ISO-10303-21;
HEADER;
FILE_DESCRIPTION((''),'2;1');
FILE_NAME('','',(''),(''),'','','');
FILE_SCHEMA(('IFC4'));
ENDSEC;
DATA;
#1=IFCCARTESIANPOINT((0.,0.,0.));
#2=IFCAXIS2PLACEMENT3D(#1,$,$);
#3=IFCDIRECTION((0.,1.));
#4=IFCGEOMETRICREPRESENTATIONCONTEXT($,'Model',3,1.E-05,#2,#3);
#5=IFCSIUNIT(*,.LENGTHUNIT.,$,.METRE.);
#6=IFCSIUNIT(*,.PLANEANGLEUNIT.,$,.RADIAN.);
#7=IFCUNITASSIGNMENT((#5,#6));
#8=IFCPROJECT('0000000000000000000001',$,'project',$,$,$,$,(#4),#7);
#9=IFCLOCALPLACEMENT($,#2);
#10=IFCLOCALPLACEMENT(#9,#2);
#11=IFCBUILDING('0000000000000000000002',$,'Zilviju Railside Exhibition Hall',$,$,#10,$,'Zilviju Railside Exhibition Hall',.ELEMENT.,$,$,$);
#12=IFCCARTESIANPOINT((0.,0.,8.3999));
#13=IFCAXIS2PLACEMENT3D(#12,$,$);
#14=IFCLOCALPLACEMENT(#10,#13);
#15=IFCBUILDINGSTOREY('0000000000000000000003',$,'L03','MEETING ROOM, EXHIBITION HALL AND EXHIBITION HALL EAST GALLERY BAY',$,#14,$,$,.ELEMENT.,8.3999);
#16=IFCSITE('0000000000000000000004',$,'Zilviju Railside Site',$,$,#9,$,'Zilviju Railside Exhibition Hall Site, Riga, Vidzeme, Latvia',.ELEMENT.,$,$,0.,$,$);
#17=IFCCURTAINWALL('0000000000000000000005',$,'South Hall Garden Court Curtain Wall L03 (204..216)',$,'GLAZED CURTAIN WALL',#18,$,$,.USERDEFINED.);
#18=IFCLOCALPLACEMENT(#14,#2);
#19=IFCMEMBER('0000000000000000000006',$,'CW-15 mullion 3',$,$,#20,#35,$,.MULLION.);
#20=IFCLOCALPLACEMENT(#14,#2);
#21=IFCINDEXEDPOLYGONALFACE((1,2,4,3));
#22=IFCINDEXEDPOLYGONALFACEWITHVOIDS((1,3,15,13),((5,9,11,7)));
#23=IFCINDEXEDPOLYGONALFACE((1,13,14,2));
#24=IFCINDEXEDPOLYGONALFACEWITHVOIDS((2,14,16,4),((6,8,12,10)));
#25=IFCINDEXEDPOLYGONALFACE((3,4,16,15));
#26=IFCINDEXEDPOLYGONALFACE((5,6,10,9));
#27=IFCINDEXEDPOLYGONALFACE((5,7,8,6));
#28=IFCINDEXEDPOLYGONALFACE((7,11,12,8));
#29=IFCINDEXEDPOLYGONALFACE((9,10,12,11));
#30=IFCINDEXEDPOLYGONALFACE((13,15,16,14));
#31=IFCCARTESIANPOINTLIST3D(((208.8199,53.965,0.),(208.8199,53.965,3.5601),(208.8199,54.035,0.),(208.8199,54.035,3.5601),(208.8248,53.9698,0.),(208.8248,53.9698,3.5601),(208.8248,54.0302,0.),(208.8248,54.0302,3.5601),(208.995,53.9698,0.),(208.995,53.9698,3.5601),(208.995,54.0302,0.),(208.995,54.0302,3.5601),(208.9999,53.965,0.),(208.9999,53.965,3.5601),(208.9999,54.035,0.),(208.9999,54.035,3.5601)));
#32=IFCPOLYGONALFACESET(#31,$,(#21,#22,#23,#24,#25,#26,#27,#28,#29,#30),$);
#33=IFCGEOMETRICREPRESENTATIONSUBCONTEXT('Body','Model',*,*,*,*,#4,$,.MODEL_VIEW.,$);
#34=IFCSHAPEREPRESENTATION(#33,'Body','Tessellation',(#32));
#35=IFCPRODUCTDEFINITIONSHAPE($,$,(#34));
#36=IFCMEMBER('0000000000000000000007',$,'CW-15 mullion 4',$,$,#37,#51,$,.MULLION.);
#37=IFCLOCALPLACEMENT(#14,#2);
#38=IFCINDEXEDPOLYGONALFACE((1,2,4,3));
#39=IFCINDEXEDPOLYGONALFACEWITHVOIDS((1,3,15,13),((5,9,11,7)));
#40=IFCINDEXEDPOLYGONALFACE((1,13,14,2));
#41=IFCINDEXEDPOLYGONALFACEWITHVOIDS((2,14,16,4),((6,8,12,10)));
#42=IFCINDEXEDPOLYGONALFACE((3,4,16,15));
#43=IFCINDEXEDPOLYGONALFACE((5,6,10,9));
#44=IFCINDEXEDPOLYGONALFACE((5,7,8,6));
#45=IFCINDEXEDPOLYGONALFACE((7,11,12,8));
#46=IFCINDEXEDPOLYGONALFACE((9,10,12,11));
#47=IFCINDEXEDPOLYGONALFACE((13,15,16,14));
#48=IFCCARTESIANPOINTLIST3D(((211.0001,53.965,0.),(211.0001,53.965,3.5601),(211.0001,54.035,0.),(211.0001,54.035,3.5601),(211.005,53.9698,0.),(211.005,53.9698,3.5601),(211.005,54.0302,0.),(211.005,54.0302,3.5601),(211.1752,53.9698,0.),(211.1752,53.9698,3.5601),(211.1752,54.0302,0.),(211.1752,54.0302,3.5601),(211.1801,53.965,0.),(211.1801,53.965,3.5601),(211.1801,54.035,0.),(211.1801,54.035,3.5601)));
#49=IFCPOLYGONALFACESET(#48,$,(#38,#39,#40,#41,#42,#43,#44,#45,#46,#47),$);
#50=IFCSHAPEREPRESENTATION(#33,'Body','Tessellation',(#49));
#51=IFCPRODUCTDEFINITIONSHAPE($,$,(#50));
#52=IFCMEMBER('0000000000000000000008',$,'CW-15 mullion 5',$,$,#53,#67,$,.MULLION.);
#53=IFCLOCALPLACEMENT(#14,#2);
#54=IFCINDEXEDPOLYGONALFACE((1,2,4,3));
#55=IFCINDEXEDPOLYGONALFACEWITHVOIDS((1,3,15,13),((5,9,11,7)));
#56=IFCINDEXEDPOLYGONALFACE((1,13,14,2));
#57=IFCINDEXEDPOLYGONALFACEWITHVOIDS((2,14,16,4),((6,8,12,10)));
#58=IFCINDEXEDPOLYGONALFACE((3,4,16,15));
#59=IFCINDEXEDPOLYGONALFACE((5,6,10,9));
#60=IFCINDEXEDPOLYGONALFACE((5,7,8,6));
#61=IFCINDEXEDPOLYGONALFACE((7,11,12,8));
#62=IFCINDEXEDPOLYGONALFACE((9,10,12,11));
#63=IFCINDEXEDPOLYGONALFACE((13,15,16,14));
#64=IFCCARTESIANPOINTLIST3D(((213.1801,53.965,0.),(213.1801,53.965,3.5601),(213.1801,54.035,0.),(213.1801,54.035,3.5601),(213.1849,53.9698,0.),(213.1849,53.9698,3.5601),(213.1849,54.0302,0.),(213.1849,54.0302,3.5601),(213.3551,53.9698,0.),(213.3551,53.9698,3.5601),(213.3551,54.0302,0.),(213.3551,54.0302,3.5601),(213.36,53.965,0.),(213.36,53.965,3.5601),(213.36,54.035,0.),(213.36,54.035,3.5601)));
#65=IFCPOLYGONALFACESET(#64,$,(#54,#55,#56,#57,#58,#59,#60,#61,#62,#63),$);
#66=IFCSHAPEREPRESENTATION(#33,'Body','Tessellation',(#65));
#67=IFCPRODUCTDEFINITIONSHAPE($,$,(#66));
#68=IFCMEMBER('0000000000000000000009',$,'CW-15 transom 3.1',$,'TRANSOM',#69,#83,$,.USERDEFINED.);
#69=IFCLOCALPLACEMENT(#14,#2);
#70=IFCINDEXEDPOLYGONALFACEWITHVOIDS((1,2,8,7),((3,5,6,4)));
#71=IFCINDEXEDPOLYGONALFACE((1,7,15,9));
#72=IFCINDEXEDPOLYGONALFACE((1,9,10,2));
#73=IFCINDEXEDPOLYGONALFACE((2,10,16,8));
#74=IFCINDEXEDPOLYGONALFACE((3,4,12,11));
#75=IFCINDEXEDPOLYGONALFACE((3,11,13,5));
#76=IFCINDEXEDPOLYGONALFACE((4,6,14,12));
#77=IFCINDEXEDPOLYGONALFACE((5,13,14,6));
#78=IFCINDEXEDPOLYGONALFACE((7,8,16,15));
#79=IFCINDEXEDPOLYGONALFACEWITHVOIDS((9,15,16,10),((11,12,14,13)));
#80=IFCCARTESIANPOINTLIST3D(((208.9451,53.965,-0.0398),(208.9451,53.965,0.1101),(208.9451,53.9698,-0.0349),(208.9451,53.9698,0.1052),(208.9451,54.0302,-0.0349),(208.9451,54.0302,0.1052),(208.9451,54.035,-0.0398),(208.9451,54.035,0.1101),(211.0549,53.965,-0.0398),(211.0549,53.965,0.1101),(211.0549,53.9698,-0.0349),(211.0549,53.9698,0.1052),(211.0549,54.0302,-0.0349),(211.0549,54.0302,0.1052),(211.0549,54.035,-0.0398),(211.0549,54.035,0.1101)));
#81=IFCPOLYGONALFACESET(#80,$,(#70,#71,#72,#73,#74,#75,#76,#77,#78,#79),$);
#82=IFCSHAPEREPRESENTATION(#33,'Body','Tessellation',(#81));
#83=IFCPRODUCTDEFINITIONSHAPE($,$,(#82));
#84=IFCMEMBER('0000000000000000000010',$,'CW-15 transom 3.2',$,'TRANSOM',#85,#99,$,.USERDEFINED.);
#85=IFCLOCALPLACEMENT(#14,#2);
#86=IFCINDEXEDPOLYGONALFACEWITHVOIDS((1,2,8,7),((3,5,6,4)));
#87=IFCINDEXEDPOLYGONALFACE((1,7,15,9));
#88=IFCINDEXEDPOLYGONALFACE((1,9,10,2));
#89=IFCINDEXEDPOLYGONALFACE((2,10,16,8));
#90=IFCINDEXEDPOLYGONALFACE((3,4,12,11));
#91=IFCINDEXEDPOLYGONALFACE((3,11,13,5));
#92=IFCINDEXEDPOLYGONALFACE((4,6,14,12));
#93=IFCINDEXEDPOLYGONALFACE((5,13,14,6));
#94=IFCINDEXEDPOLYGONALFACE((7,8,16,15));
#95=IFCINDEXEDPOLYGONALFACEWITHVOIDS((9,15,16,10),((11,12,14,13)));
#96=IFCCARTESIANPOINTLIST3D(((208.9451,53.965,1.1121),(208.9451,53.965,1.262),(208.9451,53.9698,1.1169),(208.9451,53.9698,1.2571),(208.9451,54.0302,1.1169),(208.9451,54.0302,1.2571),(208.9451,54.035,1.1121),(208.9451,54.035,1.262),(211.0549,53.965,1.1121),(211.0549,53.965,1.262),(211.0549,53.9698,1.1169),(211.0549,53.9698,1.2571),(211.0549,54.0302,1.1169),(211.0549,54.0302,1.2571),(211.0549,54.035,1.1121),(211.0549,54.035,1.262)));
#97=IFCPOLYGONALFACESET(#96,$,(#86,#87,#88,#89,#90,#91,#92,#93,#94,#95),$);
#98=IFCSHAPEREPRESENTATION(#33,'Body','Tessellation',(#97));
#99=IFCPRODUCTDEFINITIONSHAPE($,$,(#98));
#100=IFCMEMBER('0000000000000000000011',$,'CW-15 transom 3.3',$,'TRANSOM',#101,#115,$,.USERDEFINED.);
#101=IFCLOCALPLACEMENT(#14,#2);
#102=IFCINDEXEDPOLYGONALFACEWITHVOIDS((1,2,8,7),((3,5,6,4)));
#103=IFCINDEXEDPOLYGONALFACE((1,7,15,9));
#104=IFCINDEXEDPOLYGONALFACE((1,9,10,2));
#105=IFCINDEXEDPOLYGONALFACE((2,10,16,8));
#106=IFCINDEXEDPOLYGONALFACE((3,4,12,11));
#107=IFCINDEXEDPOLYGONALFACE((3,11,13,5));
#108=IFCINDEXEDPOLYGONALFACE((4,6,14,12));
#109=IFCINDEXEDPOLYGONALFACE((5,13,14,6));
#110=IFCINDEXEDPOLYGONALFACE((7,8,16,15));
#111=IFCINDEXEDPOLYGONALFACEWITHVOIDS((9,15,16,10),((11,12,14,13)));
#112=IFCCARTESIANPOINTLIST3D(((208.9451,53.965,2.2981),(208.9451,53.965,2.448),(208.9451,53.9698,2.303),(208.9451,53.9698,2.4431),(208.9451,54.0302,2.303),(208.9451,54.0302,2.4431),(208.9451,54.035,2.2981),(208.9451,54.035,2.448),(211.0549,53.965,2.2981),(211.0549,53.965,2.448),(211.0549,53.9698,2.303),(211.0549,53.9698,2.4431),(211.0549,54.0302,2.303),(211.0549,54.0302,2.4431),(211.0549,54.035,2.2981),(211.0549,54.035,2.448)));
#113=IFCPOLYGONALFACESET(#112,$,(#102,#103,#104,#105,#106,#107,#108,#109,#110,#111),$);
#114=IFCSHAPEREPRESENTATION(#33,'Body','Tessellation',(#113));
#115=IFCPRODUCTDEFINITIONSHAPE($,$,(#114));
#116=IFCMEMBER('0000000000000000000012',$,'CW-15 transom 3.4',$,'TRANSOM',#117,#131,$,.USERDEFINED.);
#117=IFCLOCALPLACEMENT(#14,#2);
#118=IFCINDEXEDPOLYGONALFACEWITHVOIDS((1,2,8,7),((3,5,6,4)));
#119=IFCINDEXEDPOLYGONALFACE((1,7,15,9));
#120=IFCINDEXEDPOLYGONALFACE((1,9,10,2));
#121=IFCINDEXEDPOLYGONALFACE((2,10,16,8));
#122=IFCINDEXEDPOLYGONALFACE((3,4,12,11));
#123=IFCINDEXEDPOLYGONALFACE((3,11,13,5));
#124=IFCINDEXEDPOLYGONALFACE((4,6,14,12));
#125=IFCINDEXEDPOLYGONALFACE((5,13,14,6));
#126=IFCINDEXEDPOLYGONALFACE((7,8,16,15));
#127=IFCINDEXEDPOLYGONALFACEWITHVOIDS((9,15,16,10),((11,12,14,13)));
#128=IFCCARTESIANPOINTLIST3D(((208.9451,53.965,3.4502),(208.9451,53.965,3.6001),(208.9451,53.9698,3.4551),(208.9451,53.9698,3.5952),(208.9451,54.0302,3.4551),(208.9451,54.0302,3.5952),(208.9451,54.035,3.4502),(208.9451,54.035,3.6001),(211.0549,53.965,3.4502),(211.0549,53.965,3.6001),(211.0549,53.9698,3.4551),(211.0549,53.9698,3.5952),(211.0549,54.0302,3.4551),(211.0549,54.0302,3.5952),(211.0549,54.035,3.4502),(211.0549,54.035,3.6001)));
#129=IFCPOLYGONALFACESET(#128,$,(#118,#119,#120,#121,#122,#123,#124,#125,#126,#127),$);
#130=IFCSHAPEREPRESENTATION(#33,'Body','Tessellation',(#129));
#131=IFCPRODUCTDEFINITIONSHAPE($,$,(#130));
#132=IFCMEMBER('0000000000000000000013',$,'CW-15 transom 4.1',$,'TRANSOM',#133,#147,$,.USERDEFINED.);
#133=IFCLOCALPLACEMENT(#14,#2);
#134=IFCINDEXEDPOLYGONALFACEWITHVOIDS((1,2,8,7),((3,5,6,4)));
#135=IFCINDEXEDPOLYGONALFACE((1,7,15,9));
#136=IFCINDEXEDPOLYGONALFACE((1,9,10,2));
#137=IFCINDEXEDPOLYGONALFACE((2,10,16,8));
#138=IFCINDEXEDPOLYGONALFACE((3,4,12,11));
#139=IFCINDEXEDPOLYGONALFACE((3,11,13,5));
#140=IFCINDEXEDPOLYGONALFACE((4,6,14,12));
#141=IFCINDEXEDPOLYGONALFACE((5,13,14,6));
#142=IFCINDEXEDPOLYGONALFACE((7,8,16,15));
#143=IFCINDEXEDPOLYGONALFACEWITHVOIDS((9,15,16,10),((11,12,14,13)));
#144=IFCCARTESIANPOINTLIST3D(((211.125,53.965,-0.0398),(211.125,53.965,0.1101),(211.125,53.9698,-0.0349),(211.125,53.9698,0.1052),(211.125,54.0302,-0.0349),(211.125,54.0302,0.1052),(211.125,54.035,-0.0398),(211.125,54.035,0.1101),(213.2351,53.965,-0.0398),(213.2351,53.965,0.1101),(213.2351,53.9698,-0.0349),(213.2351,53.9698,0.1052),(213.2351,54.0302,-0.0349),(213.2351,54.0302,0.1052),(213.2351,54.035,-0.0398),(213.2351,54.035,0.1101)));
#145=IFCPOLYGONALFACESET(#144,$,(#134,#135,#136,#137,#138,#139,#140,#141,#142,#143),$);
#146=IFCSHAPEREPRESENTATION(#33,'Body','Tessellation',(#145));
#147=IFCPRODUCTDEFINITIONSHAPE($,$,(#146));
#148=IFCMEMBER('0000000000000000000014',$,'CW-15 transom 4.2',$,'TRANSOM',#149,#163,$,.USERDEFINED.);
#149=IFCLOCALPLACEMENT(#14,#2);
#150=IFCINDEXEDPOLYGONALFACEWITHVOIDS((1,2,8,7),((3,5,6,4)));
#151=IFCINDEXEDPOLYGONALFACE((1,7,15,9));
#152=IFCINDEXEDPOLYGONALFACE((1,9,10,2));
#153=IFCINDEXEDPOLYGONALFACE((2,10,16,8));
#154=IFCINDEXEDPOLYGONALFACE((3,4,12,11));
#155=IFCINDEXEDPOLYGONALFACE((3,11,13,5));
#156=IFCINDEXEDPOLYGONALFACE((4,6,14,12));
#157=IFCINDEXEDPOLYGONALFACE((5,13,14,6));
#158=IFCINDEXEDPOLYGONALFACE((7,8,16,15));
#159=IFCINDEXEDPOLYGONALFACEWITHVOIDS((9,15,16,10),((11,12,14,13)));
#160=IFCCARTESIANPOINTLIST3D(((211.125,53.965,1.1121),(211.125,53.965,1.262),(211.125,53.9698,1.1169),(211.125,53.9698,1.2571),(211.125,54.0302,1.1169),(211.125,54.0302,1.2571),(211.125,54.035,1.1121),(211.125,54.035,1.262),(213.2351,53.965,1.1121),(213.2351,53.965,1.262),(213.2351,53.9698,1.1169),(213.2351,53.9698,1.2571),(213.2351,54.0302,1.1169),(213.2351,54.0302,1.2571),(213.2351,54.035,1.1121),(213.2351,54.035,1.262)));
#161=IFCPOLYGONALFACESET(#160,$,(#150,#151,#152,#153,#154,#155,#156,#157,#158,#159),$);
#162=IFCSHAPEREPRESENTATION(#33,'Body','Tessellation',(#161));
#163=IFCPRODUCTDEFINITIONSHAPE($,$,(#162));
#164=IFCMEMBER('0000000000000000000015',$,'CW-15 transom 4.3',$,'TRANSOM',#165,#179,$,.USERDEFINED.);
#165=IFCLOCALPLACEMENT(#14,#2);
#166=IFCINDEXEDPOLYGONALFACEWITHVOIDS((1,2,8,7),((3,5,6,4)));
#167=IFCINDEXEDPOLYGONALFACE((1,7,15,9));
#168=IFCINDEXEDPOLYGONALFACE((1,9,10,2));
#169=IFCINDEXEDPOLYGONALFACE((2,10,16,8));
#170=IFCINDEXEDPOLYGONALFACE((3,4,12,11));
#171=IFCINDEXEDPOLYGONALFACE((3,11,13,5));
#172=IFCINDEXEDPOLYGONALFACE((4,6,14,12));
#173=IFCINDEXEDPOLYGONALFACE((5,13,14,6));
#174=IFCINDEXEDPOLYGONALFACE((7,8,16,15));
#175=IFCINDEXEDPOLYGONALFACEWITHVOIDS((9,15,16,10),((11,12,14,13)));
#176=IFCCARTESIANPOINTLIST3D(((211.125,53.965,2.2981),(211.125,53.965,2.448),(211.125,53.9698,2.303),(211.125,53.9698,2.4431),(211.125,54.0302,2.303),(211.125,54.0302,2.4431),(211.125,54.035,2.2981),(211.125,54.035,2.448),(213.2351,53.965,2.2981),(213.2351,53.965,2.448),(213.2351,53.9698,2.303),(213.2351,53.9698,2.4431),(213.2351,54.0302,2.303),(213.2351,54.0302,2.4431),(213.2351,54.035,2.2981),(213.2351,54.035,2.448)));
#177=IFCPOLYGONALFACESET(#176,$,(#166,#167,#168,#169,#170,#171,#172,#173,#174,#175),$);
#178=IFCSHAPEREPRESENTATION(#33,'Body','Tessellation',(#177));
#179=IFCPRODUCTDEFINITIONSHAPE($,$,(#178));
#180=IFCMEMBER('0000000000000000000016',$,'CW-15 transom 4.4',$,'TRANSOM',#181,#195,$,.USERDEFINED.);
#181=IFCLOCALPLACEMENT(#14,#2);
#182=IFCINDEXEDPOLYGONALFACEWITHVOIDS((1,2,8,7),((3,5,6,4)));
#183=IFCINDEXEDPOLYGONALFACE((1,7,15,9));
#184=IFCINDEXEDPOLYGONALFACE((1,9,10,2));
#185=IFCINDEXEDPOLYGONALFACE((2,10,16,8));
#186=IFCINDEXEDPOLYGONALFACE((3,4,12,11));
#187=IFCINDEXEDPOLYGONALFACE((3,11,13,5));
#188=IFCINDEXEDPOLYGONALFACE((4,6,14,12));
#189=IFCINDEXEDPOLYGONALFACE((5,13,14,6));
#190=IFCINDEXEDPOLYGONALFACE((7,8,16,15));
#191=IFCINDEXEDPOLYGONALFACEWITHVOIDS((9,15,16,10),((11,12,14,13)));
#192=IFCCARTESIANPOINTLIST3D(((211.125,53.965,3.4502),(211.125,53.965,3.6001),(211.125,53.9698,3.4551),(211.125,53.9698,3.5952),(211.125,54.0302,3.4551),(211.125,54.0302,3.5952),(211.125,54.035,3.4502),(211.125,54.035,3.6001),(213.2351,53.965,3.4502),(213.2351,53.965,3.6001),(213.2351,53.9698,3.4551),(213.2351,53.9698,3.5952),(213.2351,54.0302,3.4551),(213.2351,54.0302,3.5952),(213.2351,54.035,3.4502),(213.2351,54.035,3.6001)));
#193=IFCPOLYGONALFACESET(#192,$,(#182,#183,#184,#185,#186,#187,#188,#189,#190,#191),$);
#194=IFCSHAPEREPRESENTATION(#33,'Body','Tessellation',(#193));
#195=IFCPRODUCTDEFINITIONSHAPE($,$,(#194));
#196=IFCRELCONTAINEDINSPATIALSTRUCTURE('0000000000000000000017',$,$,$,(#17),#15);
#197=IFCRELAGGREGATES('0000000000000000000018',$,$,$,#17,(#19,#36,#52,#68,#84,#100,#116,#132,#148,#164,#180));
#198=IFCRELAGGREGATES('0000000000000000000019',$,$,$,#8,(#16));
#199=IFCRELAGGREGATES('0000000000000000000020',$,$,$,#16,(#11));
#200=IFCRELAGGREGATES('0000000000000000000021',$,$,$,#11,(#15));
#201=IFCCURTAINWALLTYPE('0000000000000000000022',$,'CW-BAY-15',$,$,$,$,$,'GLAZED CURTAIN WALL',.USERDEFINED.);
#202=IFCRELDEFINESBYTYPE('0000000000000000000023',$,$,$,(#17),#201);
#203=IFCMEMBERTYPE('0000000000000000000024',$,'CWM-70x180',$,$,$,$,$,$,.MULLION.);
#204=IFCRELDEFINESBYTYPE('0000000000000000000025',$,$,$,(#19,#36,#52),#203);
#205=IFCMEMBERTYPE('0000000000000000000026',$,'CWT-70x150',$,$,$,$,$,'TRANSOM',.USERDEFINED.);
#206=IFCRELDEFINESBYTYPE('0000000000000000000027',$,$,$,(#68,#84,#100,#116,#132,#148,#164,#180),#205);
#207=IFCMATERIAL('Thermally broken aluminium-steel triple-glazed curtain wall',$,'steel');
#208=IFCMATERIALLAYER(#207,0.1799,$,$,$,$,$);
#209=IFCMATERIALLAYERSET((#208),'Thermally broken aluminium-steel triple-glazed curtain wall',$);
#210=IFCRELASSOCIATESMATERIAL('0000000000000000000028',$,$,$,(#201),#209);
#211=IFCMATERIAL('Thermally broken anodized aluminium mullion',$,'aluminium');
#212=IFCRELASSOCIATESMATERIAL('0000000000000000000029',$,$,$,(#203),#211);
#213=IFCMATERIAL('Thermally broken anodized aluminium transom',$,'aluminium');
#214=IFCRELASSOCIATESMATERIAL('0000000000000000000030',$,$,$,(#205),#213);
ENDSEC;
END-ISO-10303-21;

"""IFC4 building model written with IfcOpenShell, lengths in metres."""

from ifc_helpers import new_model, si_unit, direction, frame, origin, origin_2d, place, context, subcontext, project, spatial, hollow_rectangle, extrude, material, layer, layer_set, material_profile, profile_set, type_object, element, aggregate, save


model = new_model("IFC4")

# Units and contexts
model_context = context("Model", 3, precision=1e-05, world=origin(), true_north=direction((0.0, 1.0)))
body_context = subcontext(model_context, "Body", "Model", "MODEL_VIEW")
ifc_project = project(units=[si_unit("LENGTHUNIT", "METRE"), si_unit("PLANEANGLEUNIT", "RADIAN")], contexts=[model_context])

# Site, building, storey
site_placement = place(None, origin())
site = spatial("IfcSite", under=ifc_project, at=site_placement, Name="Zilviju Railside Site", LongName="Zilviju Railside Exhibition Hall Site, Riga, Vidzeme, Latvia", CompositionType="ELEMENT", RefElevation=0.0)
building_placement = place(site_placement, origin())
building = spatial("IfcBuilding", under=site, at=building_placement, Name="Zilviju Railside Exhibition Hall", LongName="Zilviju Railside Exhibition Hall", CompositionType="ELEMENT")
storey_placement = place(building_placement, frame((0.0, 0.0, 8.3999)))
storey = spatial("IfcBuildingStorey", under=building, at=storey_placement, Name="L03", Description="MEETING ROOM, EXHIBITION HALL AND EXHIBITION HALL EAST GALLERY BAY", CompositionType="ELEMENT", Elevation=8.3999)

# Curtain wall, members
ifc_material_1 = material(Name="Thermally broken aluminium-steel triple-glazed curtain wall", Category="steel")
ifc_layer_1 = layer(ifc_material_1, 0.1799)
ifc_layer_set_1 = layer_set([ifc_layer_1], Name="Thermally broken aluminium-steel triple-glazed curtain wall")
curtain_wall_type = type_object("IfcCurtainWallType", Name="CW-BAY-15", ElementType="GLAZED CURTAIN WALL", PredefinedType="USERDEFINED", material=ifc_layer_set_1)
curtain_wall_placement = place(storey_placement, origin())
curtain_wall = element("IfcCurtainWall", 1, at=curtain_wall_placement, inside=storey, type_object=curtain_wall_type, Name="South Hall Garden Court Curtain Wall L03 (204..216)", ObjectType="GLAZED CURTAIN WALL", PredefinedType="USERDEFINED")
ifc_material_2 = material(Name="Thermally broken anodized aluminium mullion", Category="aluminium")
ifc_material_profile_1 = material_profile(ifc_material_2, hollow_rectangle(XDim=0.0701, YDim=0.1799, WallThickness=0.0049, at=origin_2d()), Name="MULLION 180x70x5")
ifc_profile_set_1 = profile_set([ifc_material_profile_1], Name="Thermally broken anodized aluminium mullion")
member_type_1 = type_object("IfcMemberType", Name="CWM-70x180", PredefinedType="MULLION", material=ifc_profile_set_1)
member_1_placement = place(storey_placement, frame((208.9099, 54.0, 0.0), z_axis=(0.0, 0.0, 1.0), x_axis=(0.0, 1.0, 0.0)))
member_1 = element("IfcMember", 2, at=member_1_placement, type_object=member_type_1, Name="CW-15 mullion 3", PredefinedType="MULLION", context=body_context, shape_type="SweptSolid", body=[
    extrude(hollow_rectangle(XDim=0.0701, YDim=0.1799, WallThickness=0.0049, at=origin_2d()), origin(), (0.0, 0.0, 1.0), 3.5601),
])
member_2_placement = place(storey_placement, frame((211.0901, 54.0, 0.0), z_axis=(0.0, 0.0, 1.0), x_axis=(0.0, 1.0, 0.0)))
member_2 = element("IfcMember", 3, at=member_2_placement, type_object=member_type_1, Name="CW-15 mullion 4", PredefinedType="MULLION", context=body_context, shape_type="SweptSolid", body=[
    extrude(hollow_rectangle(XDim=0.0701, YDim=0.1799, WallThickness=0.0049, at=origin_2d()), origin(), (0.0, 0.0, 1.0), 3.5601),
])
member_3_placement = place(storey_placement, frame((213.27, 54.0, 0.0), z_axis=(0.0, 0.0, 1.0), x_axis=(0.0, 1.0, 0.0)))
member_3 = element("IfcMember", 4, at=member_3_placement, type_object=member_type_1, Name="CW-15 mullion 5", PredefinedType="MULLION", context=body_context, shape_type="SweptSolid", body=[
    extrude(hollow_rectangle(XDim=0.0701, YDim=0.1799, WallThickness=0.0049, at=origin_2d()), origin(), (0.0, 0.0, 1.0), 3.5601),
])
ifc_material_3 = material(Name="Thermally broken anodized aluminium transom", Category="aluminium")
ifc_material_profile_2 = material_profile(ifc_material_3, hollow_rectangle(XDim=0.0701, YDim=0.1499, WallThickness=0.0049, at=origin_2d()), Name="TRANSOM 150x70x5")
ifc_profile_set_2 = profile_set([ifc_material_profile_2], Name="Thermally broken anodized aluminium transom")
member_type_2 = type_object("IfcMemberType", Name="CWT-70x150", ElementType="TRANSOM", PredefinedType="USERDEFINED", material=ifc_profile_set_2)
member_4_placement = place(storey_placement, frame((208.9451, 54.0, 0.0352), z_axis=(1.0, 0.0, 0.0), x_axis=(0.0, 1.0, 0.0)))
member_4 = element("IfcMember", 5, at=member_4_placement, type_object=member_type_2, Name="CW-15 transom 3.1", ObjectType="TRANSOM", PredefinedType="USERDEFINED", context=body_context, shape_type="SweptSolid", body=[
    extrude(hollow_rectangle(XDim=0.0701, YDim=0.1499, WallThickness=0.0049, at=origin_2d()), origin(), (0.0, 0.0, 1.0), 2.1099),
])
member_5_placement = place(storey_placement, frame((208.9451, 54.0, 1.187), z_axis=(1.0, 0.0, 0.0), x_axis=(0.0, 1.0, 0.0)))
member_5 = element("IfcMember", 6, at=member_5_placement, type_object=member_type_2, Name="CW-15 transom 3.2", ObjectType="TRANSOM", PredefinedType="USERDEFINED", context=body_context, shape_type="SweptSolid", body=[
    extrude(hollow_rectangle(XDim=0.0701, YDim=0.1499, WallThickness=0.0049, at=origin_2d()), origin(), (0.0, 0.0, 1.0), 2.1099),
])
member_6_placement = place(storey_placement, frame((208.9451, 54.0, 2.373), z_axis=(1.0, 0.0, 0.0), x_axis=(0.0, 1.0, 0.0)))
member_6 = element("IfcMember", 7, at=member_6_placement, type_object=member_type_2, Name="CW-15 transom 3.3", ObjectType="TRANSOM", PredefinedType="USERDEFINED", context=body_context, shape_type="SweptSolid", body=[
    extrude(hollow_rectangle(XDim=0.0701, YDim=0.1499, WallThickness=0.0049, at=origin_2d()), origin(), (0.0, 0.0, 1.0), 2.1099),
])
member_7_placement = place(storey_placement, frame((208.9451, 54.0, 3.5251), z_axis=(1.0, 0.0, 0.0), x_axis=(0.0, 1.0, 0.0)))
member_7 = element("IfcMember", 8, at=member_7_placement, type_object=member_type_2, Name="CW-15 transom 3.4", ObjectType="TRANSOM", PredefinedType="USERDEFINED", context=body_context, shape_type="SweptSolid", body=[
    extrude(hollow_rectangle(XDim=0.0701, YDim=0.1499, WallThickness=0.0049, at=origin_2d()), origin(), (0.0, 0.0, 1.0), 2.1099),
])
member_8_placement = place(storey_placement, frame((211.125, 54.0, 0.0352), z_axis=(1.0, 0.0, 0.0), x_axis=(0.0, 1.0, 0.0)))
member_8 = element("IfcMember", 9, at=member_8_placement, type_object=member_type_2, Name="CW-15 transom 4.1", ObjectType="TRANSOM", PredefinedType="USERDEFINED", context=body_context, shape_type="SweptSolid", body=[
    extrude(hollow_rectangle(XDim=0.0701, YDim=0.1499, WallThickness=0.0049, at=origin_2d()), origin(), (0.0, 0.0, 1.0), 2.1101),
])
member_9_placement = place(storey_placement, frame((211.125, 54.0, 1.187), z_axis=(1.0, 0.0, 0.0), x_axis=(0.0, 1.0, 0.0)))
member_9 = element("IfcMember", 10, at=member_9_placement, type_object=member_type_2, Name="CW-15 transom 4.2", ObjectType="TRANSOM", PredefinedType="USERDEFINED", context=body_context, shape_type="SweptSolid", body=[
    extrude(hollow_rectangle(XDim=0.0701, YDim=0.1499, WallThickness=0.0049, at=origin_2d()), origin(), (0.0, 0.0, 1.0), 2.1101),
])
member_10_placement = place(storey_placement, frame((211.125, 54.0, 2.373), z_axis=(1.0, 0.0, 0.0), x_axis=(0.0, 1.0, 0.0)))
member_10 = element("IfcMember", 11, at=member_10_placement, type_object=member_type_2, Name="CW-15 transom 4.3", ObjectType="TRANSOM", PredefinedType="USERDEFINED", context=body_context, shape_type="SweptSolid", body=[
    extrude(hollow_rectangle(XDim=0.0701, YDim=0.1499, WallThickness=0.0049, at=origin_2d()), origin(), (0.0, 0.0, 1.0), 2.1101),
])
member_11_placement = place(storey_placement, frame((211.125, 54.0, 3.5251), z_axis=(1.0, 0.0, 0.0), x_axis=(0.0, 1.0, 0.0)))
member_11 = element("IfcMember", 12, at=member_11_placement, type_object=member_type_2, Name="CW-15 transom 4.4", ObjectType="TRANSOM", PredefinedType="USERDEFINED", context=body_context, shape_type="SweptSolid", body=[
    extrude(hollow_rectangle(XDim=0.0701, YDim=0.1499, WallThickness=0.0049, at=origin_2d()), origin(), (0.0, 0.0, 1.0), 2.1101),
])
aggregate(curtain_wall, [member_1, member_2, member_3, member_4, member_5, member_6, member_7, member_8, member_9, member_10, member_11])

save(model, "model.ifc")
